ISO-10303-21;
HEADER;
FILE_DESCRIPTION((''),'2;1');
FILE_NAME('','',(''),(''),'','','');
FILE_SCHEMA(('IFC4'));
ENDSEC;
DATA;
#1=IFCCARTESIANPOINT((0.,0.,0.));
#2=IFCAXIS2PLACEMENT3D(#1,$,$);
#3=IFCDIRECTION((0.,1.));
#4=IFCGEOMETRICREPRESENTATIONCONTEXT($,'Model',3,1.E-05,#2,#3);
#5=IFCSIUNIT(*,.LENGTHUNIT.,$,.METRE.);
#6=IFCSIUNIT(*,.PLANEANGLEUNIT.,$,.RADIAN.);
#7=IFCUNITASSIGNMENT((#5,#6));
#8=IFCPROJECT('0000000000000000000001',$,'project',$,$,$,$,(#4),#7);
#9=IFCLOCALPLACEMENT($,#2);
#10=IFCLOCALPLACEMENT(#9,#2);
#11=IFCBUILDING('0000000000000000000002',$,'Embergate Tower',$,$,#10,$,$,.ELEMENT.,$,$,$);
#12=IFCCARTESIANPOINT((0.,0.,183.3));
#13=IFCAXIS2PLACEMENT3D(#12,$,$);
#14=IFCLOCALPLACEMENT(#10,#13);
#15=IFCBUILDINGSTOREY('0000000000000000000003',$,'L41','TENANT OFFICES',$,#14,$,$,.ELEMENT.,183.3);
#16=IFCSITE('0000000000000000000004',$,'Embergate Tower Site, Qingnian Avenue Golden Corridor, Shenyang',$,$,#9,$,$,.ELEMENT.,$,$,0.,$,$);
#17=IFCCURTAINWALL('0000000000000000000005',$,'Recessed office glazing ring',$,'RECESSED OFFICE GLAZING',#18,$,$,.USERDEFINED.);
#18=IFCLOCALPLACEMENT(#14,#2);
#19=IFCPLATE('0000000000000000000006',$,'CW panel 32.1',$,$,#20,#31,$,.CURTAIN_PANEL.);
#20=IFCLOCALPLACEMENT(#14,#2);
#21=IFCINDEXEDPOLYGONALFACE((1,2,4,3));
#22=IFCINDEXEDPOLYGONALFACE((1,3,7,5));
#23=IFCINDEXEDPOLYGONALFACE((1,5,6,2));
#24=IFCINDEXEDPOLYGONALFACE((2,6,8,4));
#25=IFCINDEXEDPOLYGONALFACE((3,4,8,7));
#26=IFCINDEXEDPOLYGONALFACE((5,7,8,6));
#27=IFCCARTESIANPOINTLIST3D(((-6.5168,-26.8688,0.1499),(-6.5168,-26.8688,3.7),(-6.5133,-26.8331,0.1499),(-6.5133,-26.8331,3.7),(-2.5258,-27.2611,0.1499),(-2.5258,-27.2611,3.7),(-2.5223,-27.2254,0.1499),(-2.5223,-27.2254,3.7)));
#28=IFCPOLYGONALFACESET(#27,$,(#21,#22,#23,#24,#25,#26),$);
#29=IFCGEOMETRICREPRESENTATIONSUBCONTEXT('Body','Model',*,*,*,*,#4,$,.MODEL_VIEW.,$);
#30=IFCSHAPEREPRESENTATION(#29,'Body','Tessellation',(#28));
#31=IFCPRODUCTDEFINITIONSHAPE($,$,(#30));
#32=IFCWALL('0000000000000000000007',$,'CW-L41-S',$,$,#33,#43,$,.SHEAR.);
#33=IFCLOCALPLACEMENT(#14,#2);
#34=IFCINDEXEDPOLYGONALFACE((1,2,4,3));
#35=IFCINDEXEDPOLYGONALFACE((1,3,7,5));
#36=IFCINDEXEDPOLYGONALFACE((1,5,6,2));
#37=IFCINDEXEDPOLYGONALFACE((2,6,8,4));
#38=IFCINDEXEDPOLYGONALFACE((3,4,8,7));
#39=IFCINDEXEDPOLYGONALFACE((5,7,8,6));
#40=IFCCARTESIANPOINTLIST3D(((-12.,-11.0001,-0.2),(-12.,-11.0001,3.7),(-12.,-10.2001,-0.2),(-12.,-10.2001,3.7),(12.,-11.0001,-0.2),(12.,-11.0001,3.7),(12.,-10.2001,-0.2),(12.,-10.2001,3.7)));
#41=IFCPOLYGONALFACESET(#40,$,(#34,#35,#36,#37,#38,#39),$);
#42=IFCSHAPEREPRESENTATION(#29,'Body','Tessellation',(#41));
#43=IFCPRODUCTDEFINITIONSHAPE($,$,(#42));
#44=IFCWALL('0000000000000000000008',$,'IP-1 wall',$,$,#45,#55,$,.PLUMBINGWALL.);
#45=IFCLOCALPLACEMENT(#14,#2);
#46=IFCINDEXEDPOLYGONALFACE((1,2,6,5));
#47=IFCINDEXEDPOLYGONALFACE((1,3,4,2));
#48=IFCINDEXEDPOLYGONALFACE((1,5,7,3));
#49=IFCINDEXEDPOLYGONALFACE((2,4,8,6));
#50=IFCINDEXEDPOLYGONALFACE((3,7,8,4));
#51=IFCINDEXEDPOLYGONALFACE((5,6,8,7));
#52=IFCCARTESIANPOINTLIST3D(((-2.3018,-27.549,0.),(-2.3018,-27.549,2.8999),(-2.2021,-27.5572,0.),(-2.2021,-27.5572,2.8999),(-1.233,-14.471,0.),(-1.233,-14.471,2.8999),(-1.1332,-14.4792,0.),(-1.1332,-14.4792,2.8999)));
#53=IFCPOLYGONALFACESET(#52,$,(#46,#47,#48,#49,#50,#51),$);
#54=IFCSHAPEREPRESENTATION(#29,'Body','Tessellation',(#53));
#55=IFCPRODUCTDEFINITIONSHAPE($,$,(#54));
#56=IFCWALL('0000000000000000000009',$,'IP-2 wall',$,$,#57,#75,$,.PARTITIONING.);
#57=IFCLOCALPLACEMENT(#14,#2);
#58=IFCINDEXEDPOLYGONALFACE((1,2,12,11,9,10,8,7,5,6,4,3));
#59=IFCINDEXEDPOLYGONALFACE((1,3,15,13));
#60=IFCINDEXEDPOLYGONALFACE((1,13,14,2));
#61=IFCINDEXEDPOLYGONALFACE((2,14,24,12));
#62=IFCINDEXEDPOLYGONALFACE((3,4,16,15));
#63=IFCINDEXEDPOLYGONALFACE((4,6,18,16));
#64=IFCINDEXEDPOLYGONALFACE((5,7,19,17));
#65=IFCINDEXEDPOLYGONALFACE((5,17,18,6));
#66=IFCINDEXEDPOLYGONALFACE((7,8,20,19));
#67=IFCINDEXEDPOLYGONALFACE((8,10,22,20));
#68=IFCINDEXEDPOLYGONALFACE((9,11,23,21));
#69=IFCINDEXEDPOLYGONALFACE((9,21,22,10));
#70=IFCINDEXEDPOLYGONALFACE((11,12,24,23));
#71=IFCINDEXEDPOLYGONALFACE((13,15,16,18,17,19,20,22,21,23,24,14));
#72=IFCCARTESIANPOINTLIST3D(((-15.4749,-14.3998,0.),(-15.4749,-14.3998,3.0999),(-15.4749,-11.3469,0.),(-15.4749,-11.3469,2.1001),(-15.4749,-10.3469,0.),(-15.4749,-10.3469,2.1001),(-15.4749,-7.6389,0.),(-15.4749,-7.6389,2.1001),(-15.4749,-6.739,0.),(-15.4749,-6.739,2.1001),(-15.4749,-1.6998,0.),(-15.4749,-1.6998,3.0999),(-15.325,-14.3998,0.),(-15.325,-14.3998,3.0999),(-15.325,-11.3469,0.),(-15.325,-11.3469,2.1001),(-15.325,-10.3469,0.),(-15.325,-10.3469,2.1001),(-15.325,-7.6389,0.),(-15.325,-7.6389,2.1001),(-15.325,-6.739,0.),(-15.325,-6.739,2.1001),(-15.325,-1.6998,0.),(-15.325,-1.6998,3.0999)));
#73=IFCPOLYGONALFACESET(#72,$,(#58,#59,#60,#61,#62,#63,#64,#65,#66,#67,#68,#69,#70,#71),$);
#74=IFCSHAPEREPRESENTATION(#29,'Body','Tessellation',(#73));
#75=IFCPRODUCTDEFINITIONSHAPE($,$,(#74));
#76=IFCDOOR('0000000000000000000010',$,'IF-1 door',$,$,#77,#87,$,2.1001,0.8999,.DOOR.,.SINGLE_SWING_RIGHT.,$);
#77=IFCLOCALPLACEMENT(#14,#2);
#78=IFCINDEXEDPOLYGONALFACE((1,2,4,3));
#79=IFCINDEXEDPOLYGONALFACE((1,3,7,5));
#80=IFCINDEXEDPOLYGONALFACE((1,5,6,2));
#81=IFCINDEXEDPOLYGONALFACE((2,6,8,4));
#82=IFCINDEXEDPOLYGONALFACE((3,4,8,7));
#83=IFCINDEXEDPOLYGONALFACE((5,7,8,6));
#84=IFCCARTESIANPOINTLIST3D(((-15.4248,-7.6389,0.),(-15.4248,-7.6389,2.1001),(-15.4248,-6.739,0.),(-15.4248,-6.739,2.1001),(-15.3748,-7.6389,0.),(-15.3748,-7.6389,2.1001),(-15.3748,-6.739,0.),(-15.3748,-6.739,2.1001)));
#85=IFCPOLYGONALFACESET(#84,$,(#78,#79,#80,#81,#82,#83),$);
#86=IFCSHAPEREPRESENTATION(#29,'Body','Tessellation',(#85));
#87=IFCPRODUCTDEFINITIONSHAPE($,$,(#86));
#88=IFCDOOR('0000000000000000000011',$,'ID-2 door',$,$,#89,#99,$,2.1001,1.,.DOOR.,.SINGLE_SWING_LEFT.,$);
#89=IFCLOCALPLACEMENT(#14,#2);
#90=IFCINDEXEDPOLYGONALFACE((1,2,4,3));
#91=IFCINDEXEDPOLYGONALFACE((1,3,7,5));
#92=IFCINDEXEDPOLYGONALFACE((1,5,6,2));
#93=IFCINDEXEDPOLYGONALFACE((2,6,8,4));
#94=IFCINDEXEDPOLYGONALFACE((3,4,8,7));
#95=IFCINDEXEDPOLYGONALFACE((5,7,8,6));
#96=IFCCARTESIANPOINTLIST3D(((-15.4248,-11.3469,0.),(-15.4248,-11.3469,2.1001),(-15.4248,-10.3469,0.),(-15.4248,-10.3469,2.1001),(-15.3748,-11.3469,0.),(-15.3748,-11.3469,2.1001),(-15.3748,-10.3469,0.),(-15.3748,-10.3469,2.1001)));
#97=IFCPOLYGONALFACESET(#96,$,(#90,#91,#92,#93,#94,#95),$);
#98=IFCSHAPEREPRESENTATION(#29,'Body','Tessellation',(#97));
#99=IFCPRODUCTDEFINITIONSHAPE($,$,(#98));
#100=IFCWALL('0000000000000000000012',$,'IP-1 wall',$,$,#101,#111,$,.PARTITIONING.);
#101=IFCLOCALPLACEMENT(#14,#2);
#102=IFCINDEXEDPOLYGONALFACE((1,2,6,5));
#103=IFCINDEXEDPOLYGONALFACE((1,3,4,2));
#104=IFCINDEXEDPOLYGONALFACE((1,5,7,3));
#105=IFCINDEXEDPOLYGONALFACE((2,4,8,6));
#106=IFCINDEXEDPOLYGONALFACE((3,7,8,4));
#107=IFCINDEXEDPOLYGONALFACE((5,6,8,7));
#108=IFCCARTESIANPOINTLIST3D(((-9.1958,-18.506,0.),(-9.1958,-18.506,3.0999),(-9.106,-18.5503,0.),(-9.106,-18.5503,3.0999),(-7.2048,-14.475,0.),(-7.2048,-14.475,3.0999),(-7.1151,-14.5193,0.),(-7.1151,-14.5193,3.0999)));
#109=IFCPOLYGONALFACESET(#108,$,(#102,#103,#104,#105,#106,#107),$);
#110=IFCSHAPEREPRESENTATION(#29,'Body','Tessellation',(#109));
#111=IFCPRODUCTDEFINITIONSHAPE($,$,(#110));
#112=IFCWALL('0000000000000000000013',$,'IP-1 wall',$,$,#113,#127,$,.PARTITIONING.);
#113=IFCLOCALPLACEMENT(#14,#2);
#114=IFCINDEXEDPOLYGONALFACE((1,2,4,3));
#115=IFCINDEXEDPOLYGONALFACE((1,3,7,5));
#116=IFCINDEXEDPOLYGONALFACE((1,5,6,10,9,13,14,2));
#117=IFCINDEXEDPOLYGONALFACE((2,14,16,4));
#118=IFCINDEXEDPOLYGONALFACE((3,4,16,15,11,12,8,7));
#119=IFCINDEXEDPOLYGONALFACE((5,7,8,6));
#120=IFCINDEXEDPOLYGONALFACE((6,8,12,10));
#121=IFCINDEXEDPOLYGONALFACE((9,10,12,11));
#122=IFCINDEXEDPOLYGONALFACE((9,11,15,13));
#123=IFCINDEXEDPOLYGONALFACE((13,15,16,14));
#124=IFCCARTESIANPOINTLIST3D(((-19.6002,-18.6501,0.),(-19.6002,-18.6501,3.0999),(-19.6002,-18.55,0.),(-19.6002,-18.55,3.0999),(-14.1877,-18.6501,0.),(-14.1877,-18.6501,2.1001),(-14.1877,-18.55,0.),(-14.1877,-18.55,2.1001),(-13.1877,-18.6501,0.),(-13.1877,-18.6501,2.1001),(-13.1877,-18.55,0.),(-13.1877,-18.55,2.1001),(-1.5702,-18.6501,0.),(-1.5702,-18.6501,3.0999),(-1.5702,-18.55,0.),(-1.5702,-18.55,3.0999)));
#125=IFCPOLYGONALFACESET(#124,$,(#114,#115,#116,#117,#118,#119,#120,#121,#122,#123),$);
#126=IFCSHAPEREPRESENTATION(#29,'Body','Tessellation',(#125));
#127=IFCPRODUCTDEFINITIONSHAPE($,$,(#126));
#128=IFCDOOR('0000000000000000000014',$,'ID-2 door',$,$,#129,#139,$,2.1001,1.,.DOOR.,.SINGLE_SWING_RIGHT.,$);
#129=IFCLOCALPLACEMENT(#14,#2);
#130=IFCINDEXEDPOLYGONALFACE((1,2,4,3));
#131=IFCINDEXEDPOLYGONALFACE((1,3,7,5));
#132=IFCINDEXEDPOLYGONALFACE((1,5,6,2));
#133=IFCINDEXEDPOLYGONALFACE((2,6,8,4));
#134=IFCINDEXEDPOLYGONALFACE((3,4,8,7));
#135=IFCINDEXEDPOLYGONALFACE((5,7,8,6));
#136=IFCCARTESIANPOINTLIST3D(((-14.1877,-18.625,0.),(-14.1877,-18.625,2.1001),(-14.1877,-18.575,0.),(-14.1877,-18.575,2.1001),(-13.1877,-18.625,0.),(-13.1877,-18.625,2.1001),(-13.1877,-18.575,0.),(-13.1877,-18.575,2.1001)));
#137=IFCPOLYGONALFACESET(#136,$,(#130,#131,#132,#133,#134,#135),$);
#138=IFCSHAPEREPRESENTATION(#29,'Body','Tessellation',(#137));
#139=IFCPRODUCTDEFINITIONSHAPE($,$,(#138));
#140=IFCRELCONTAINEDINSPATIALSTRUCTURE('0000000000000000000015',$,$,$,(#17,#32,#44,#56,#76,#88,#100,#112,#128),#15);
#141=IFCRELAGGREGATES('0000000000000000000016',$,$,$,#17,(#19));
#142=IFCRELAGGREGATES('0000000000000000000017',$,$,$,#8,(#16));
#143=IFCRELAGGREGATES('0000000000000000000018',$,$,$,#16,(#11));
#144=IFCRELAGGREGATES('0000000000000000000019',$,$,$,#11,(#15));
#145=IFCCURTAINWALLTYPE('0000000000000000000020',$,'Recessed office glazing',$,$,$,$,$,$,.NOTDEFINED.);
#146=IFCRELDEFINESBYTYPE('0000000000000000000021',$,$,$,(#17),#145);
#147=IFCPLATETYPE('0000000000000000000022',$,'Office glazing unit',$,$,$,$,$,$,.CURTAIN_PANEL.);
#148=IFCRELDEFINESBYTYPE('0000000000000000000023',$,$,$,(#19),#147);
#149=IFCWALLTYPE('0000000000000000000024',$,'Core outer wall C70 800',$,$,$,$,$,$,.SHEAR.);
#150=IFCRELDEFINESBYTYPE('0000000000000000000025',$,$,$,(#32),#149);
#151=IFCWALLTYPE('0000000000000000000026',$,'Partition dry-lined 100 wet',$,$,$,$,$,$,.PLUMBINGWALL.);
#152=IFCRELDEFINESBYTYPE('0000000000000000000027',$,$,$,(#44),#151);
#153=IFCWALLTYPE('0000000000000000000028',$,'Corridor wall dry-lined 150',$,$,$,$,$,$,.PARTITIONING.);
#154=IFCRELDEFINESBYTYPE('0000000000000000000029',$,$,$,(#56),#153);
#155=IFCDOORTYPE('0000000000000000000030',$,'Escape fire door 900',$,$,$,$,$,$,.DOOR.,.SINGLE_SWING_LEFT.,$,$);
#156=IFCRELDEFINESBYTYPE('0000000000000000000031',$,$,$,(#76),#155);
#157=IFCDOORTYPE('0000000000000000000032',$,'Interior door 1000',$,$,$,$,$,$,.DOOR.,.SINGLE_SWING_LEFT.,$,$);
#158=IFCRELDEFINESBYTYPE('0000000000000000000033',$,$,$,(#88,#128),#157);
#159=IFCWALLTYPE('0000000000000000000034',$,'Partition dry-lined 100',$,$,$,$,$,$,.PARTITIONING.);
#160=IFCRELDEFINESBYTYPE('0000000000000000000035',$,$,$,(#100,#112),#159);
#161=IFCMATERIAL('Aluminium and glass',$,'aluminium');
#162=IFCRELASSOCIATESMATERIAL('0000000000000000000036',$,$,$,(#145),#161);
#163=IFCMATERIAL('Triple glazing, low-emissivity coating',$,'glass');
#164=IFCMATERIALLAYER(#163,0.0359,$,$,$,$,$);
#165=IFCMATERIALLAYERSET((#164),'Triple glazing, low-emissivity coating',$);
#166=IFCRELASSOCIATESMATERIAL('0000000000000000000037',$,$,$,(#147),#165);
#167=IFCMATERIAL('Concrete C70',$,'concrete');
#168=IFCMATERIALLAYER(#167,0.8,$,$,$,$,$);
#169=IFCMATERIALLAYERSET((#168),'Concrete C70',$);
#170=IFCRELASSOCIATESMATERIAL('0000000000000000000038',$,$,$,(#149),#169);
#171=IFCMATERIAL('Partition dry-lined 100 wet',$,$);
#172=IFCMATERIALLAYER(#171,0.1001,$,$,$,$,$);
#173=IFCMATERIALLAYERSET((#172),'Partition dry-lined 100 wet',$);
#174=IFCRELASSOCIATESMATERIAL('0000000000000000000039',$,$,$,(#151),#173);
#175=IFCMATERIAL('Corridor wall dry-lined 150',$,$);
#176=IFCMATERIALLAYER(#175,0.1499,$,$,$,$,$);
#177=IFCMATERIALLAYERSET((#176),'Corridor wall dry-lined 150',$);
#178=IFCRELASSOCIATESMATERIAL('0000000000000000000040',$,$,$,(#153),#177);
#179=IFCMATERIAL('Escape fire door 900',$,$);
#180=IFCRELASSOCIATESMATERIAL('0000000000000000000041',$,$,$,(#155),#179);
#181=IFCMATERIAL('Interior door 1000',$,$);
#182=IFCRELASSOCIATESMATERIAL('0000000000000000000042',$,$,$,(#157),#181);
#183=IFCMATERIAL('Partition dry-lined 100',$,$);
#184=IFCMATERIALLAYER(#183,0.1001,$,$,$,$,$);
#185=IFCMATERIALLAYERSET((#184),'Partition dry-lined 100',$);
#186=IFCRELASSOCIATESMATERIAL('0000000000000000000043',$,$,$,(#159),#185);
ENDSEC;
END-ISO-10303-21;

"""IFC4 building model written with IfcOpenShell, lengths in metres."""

from ifc_helpers import new_model, si_unit, direction, frame, frame_2d, origin, origin_2d, place, context, subcontext, project, spatial, rectangle, extrude, source, transform, mapped, material, layer, layer_set, type_object, element, fill, aggregate, save


model = new_model("IFC4")

# Units and contexts
model_context = context("Model", 3, precision=1e-05, world=origin(), true_north=direction((0.0, 1.0)))
body_context = subcontext(model_context, "Body", "Model", "MODEL_VIEW")
ifc_project = project(units=[si_unit("LENGTHUNIT", "METRE"), si_unit("PLANEANGLEUNIT", "RADIAN")], contexts=[model_context])

# Site, building, storey
site_placement = place(None, origin())
site = spatial("IfcSite", under=ifc_project, at=site_placement, Name="Embergate Tower Site, Qingnian Avenue Golden Corridor, Shenyang", CompositionType="ELEMENT", RefElevation=0.0)
building_placement = place(site_placement, origin())
building = spatial("IfcBuilding", under=site, at=building_placement, Name="Embergate Tower", CompositionType="ELEMENT")
storey_placement = place(building_placement, frame((0.0, 0.0, 183.3)))
storey = spatial("IfcBuildingStorey", under=building, at=storey_placement, Name="L41", Description="TENANT OFFICES", CompositionType="ELEMENT", Elevation=183.3)

# Shared definitions
ifc_material_1 = material(Name="Concrete C70", Category="concrete")

# Curtain wall
ifc_material_2 = material(Name="Aluminium and glass", Category="aluminium")
curtain_wall_type = type_object("IfcCurtainWallType", Name="Recessed office glazing", PredefinedType="NOTDEFINED", material=ifc_material_2)
curtain_wall_placement = place(storey_placement, origin())
curtain_wall = element("IfcCurtainWall", 1, at=curtain_wall_placement, inside=storey, type_object=curtain_wall_type, Name="Recessed office glazing ring", ObjectType="RECESSED OFFICE GLAZING", PredefinedType="USERDEFINED")

# Plate
ifc_material_3 = material(Name="Triple glazing, low-emissivity coating", Category="glass")
ifc_layer_1 = layer(ifc_material_3, 0.0359)
ifc_layer_set_1 = layer_set([ifc_layer_1], Name="Triple glazing, low-emissivity coating")
plate_type = type_object("IfcPlateType", Name="Office glazing unit", PredefinedType="CURTAIN_PANEL", material=ifc_layer_set_1)
shared_shape_1 = source(origin(), body_context, "Body", "SweptSolid", [
    extrude(rectangle(XDim=4.0103, YDim=0.0359, at=origin_2d()), origin(), (0.0, 0.0, 1.0), 3.55),
])
plate_1_placement = place(storey_placement, frame((-4.5195, -27.0471, 0.1499), z_axis=(0.0, 0.0, 1.0), x_axis=(0.995203, -0.09783, 0.0)))
plate_1 = element("IfcPlate", 2, at=plate_1_placement, type_object=plate_type, Name="CW panel 32.1", PredefinedType="CURTAIN_PANEL", context=body_context, shape_type="MappedRepresentation", body=[
    mapped(shared_shape_1, transform((0.0, 0.0, 0.0))),
])
aggregate(curtain_wall, [plate_1])

# Walls
ifc_layer_2 = layer(ifc_material_1, 0.8)
ifc_layer_set_2 = layer_set([ifc_layer_2], Name="Concrete C70")
wall_type_1 = type_object("IfcWallType", Name="Core outer wall C70 800", PredefinedType="SHEAR", material=ifc_layer_set_2)
shared_shape_2 = source(origin(), body_context, "Body", "SweptSolid", [
    extrude(rectangle(XDim=24.0, YDim=0.8, at=frame_2d((12.0, 0.0))), origin(), (0.0, 0.0, 1.0), 3.8999),
])
wall_1_placement = place(storey_placement, frame((-12.0, -10.6001, -0.2), z_axis=(0.0, 0.0, 1.0), x_axis=(1.0, 0.0, 0.0)))
element("IfcWall", 3, at=wall_1_placement, inside=storey, type_object=wall_type_1, Name="CW-L41-S", PredefinedType="SHEAR", context=body_context, shape_type="MappedRepresentation", body=[
    mapped(shared_shape_2, transform((0.0, 0.0, 0.0))),
])
ifc_material_4 = material(Name="Partition dry-lined 100 wet")
ifc_layer_3 = layer(ifc_material_4, 0.1001)
ifc_layer_set_3 = layer_set([ifc_layer_3], Name="Partition dry-lined 100 wet")
wall_type_2 = type_object("IfcWallType", Name="Partition dry-lined 100 wet", PredefinedType="PLUMBINGWALL", material=ifc_layer_set_3)
shared_shape_3 = source(origin(), body_context, "Body", "SweptSolid", [
    extrude(rectangle(XDim=13.1216, YDim=0.1001, at=frame_2d((6.5608, 0.0))), origin(), (0.0, 0.0, 1.0), 2.8999),
])
wall_2_placement = place(storey_placement, frame((-1.1831, -14.4751, 0.0), z_axis=(0.0, 0.0, 1.0), x_axis=(-0.081458, -0.996677, 0.0)))
element("IfcWall", 4, at=wall_2_placement, inside=storey, type_object=wall_type_2, Name="IP-1 wall", PredefinedType="PLUMBINGWALL", context=body_context, shape_type="MappedRepresentation", body=[
    mapped(shared_shape_3, transform((0.0, 0.0, 0.0))),
])

# Wall, openings, doors
ifc_material_5 = material(Name="Corridor wall dry-lined 150")
ifc_layer_4 = layer(ifc_material_5, 0.1499)
ifc_layer_set_4 = layer_set([ifc_layer_4], Name="Corridor wall dry-lined 150")
wall_type_3 = type_object("IfcWallType", Name="Corridor wall dry-lined 150", PredefinedType="PARTITIONING", material=ifc_layer_set_4)
shared_shape_4 = source(origin(), body_context, "Body", "SweptSolid", [
    extrude(rectangle(XDim=12.7, YDim=0.1499, at=frame_2d((6.3501, 0.0))), origin(), (0.0, 0.0, 1.0), 3.0999),
])
wall_3_placement = place(storey_placement, frame((-15.3999, -14.3999, 0.0), z_axis=(0.0, 0.0, 1.0), x_axis=(0.0, 1.0, 0.0)))
wall_3 = element("IfcWall", 5, at=wall_3_placement, inside=storey, type_object=wall_type_3, Name="IP-2 wall", PredefinedType="PARTITIONING", context=body_context, shape_type="MappedRepresentation", body=[
    mapped(shared_shape_4, transform((0.0, 0.0, 0.0))),
])
shared_shape_5 = source(origin(), body_context, "Body", "SweptSolid", [
    extrude(rectangle(XDim=0.8999, YDim=2.1001, at=frame_2d((0.45, 1.05))), frame((0.0, 0.085, 0.0), z_axis=(0.0, -1.0, 0.0), x_axis=(1.0, 0.0, 0.0)), (0.0, 0.0, 1.0), 0.1699),
])
opening_1_placement = place(wall_3_placement, frame((6.761, 0.0, 0.0)))
opening_1 = element("IfcOpeningElement", 6, at=opening_1_placement, cuts=wall_3, PredefinedType="OPENING", context=body_context, shape_type="MappedRepresentation", body=[
    mapped(shared_shape_5, transform((0.0, 0.0, 0.0))),
])
shared_shape_6 = source(origin(), body_context, "Body", "SweptSolid", [
    extrude(rectangle(XDim=1.0, YDim=2.1001, at=frame_2d((0.5, 1.05))), frame((0.0, 0.085, 0.0), z_axis=(0.0, -1.0, 0.0), x_axis=(1.0, 0.0, 0.0)), (0.0, 0.0, 1.0), 0.1699),
])
opening_2_placement = place(wall_3_placement, frame((3.053, 0.0, 0.0)))
opening_2 = element("IfcOpeningElement", 7, at=opening_2_placement, cuts=wall_3, PredefinedType="OPENING", context=body_context, shape_type="MappedRepresentation", body=[
    mapped(shared_shape_6, transform((0.0, 0.0, 0.0))),
])
ifc_material_6 = material(Name="Escape fire door 900")
door_type_1 = type_object("IfcDoorType", Name="Escape fire door 900", OperationType="SINGLE_SWING_LEFT", PredefinedType="DOOR", material=ifc_material_6)
shared_shape_7 = source(origin(), body_context, "Body", "SweptSolid", [
    extrude(rectangle(XDim=0.8999, YDim=2.1001, at=frame_2d((0.45, 1.05))), frame((0.0, 0.0249, 0.0), z_axis=(0.0, -1.0, 0.0), x_axis=(1.0, 0.0, 0.0)), (0.0, 0.0, 1.0), 0.05),
])
door_1_placement = place(opening_1_placement, origin())
door_1 = element("IfcDoor", 8, at=door_1_placement, inside=storey, type_object=door_type_1, Name="IF-1 door", OperationType="SINGLE_SWING_RIGHT", OverallHeight=2.1001, OverallWidth=0.8999, PredefinedType="DOOR", context=body_context, shape_type="MappedRepresentation", body=[
    mapped(shared_shape_7, transform((0.0, 0.0, 0.0))),
])
fill(opening_1, door_1)
ifc_material_7 = material(Name="Interior door 1000")
door_type_2 = type_object("IfcDoorType", Name="Interior door 1000", OperationType="SINGLE_SWING_LEFT", PredefinedType="DOOR", material=ifc_material_7)
shared_shape_8 = source(origin(), body_context, "Body", "SweptSolid", [
    extrude(rectangle(XDim=1.0, YDim=2.1001, at=frame_2d((0.5, 1.05))), frame((0.0, 0.0249, 0.0), z_axis=(0.0, -1.0, 0.0), x_axis=(1.0, 0.0, 0.0)), (0.0, 0.0, 1.0), 0.05),
])
door_2_placement = place(opening_2_placement, origin())
door_2 = element("IfcDoor", 9, at=door_2_placement, inside=storey, type_object=door_type_2, Name="ID-2 door", OperationType="SINGLE_SWING_LEFT", OverallHeight=2.1001, OverallWidth=1.0, PredefinedType="DOOR", context=body_context, shape_type="MappedRepresentation", body=[
    mapped(shared_shape_8, transform((0.0, 0.0, 0.0))),
])
fill(opening_2, door_2)

# Wall
ifc_material_8 = material(Name="Partition dry-lined 100")
ifc_layer_5 = layer(ifc_material_8, 0.1001)
ifc_layer_set_5 = layer_set([ifc_layer_5], Name="Partition dry-lined 100")
wall_type_4 = type_object("IfcWallType", Name="Partition dry-lined 100", PredefinedType="PARTITIONING", material=ifc_layer_set_5)
shared_shape_9 = source(origin(), body_context, "Body", "SweptSolid", [
    extrude(rectangle(XDim=4.4958, YDim=0.1001, at=frame_2d((2.248, 0.0))), origin(), (0.0, 0.0, 1.0), 3.0999),
])
wall_4_placement = place(storey_placement, frame((-7.1599, -14.4971, 0.0), z_axis=(0.0, 0.0, 1.0), x_axis=(-0.442842, -0.8966, 0.0)))
element("IfcWall", 10, at=wall_4_placement, inside=storey, type_object=wall_type_4, Name="IP-1 wall", PredefinedType="PARTITIONING", context=body_context, shape_type="MappedRepresentation", body=[
    mapped(shared_shape_9, transform((0.0, 0.0, 0.0))),
])

# Wall, opening, door
shared_shape_10 = source(origin(), body_context, "Body", "SweptSolid", [
    extrude(rectangle(XDim=18.03, YDim=0.1001, at=frame_2d((9.0151, 0.0))), origin(), (0.0, 0.0, 1.0), 3.0999),
])
wall_5_placement = place(storey_placement, frame((-1.5701, -18.6001, 0.0), z_axis=(0.0, 0.0, 1.0), x_axis=(-1.0, 0.0, 0.0)))
wall_5 = element("IfcWall", 11, at=wall_5_placement, inside=storey, type_object=wall_type_4, Name="IP-1 wall", PredefinedType="PARTITIONING", context=body_context, shape_type="MappedRepresentation", body=[
    mapped(shared_shape_10, transform((0.0, 0.0, 0.0))),
])
shared_shape_11 = source(origin(), body_context, "Body", "SweptSolid", [
    extrude(rectangle(XDim=1.0, YDim=2.1001, at=frame_2d((0.5, 1.05))), frame((0.0, 0.0601, 0.0), z_axis=(0.0, -1.0, 0.0), x_axis=(1.0, 0.0, 0.0)), (0.0, 0.0, 1.0), 0.1201),
])
opening_3_placement = place(wall_5_placement, frame((11.6177, 0.0, 0.0)))
opening_3 = element("IfcOpeningElement", 12, at=opening_3_placement, cuts=wall_5, PredefinedType="OPENING", context=body_context, shape_type="MappedRepresentation", body=[
    mapped(shared_shape_11, transform((0.0, 0.0, 0.0))),
])
door_3_placement = place(opening_3_placement, origin())
door_3 = element("IfcDoor", 13, at=door_3_placement, inside=storey, type_object=door_type_2, Name="ID-2 door", OperationType="SINGLE_SWING_RIGHT", OverallHeight=2.1001, OverallWidth=1.0, PredefinedType="DOOR", context=body_context, shape_type="MappedRepresentation", body=[
    mapped(shared_shape_8, transform((0.0, 0.0, 0.0))),
])
fill(opening_3, door_3)

save(model, "model.ifc")
